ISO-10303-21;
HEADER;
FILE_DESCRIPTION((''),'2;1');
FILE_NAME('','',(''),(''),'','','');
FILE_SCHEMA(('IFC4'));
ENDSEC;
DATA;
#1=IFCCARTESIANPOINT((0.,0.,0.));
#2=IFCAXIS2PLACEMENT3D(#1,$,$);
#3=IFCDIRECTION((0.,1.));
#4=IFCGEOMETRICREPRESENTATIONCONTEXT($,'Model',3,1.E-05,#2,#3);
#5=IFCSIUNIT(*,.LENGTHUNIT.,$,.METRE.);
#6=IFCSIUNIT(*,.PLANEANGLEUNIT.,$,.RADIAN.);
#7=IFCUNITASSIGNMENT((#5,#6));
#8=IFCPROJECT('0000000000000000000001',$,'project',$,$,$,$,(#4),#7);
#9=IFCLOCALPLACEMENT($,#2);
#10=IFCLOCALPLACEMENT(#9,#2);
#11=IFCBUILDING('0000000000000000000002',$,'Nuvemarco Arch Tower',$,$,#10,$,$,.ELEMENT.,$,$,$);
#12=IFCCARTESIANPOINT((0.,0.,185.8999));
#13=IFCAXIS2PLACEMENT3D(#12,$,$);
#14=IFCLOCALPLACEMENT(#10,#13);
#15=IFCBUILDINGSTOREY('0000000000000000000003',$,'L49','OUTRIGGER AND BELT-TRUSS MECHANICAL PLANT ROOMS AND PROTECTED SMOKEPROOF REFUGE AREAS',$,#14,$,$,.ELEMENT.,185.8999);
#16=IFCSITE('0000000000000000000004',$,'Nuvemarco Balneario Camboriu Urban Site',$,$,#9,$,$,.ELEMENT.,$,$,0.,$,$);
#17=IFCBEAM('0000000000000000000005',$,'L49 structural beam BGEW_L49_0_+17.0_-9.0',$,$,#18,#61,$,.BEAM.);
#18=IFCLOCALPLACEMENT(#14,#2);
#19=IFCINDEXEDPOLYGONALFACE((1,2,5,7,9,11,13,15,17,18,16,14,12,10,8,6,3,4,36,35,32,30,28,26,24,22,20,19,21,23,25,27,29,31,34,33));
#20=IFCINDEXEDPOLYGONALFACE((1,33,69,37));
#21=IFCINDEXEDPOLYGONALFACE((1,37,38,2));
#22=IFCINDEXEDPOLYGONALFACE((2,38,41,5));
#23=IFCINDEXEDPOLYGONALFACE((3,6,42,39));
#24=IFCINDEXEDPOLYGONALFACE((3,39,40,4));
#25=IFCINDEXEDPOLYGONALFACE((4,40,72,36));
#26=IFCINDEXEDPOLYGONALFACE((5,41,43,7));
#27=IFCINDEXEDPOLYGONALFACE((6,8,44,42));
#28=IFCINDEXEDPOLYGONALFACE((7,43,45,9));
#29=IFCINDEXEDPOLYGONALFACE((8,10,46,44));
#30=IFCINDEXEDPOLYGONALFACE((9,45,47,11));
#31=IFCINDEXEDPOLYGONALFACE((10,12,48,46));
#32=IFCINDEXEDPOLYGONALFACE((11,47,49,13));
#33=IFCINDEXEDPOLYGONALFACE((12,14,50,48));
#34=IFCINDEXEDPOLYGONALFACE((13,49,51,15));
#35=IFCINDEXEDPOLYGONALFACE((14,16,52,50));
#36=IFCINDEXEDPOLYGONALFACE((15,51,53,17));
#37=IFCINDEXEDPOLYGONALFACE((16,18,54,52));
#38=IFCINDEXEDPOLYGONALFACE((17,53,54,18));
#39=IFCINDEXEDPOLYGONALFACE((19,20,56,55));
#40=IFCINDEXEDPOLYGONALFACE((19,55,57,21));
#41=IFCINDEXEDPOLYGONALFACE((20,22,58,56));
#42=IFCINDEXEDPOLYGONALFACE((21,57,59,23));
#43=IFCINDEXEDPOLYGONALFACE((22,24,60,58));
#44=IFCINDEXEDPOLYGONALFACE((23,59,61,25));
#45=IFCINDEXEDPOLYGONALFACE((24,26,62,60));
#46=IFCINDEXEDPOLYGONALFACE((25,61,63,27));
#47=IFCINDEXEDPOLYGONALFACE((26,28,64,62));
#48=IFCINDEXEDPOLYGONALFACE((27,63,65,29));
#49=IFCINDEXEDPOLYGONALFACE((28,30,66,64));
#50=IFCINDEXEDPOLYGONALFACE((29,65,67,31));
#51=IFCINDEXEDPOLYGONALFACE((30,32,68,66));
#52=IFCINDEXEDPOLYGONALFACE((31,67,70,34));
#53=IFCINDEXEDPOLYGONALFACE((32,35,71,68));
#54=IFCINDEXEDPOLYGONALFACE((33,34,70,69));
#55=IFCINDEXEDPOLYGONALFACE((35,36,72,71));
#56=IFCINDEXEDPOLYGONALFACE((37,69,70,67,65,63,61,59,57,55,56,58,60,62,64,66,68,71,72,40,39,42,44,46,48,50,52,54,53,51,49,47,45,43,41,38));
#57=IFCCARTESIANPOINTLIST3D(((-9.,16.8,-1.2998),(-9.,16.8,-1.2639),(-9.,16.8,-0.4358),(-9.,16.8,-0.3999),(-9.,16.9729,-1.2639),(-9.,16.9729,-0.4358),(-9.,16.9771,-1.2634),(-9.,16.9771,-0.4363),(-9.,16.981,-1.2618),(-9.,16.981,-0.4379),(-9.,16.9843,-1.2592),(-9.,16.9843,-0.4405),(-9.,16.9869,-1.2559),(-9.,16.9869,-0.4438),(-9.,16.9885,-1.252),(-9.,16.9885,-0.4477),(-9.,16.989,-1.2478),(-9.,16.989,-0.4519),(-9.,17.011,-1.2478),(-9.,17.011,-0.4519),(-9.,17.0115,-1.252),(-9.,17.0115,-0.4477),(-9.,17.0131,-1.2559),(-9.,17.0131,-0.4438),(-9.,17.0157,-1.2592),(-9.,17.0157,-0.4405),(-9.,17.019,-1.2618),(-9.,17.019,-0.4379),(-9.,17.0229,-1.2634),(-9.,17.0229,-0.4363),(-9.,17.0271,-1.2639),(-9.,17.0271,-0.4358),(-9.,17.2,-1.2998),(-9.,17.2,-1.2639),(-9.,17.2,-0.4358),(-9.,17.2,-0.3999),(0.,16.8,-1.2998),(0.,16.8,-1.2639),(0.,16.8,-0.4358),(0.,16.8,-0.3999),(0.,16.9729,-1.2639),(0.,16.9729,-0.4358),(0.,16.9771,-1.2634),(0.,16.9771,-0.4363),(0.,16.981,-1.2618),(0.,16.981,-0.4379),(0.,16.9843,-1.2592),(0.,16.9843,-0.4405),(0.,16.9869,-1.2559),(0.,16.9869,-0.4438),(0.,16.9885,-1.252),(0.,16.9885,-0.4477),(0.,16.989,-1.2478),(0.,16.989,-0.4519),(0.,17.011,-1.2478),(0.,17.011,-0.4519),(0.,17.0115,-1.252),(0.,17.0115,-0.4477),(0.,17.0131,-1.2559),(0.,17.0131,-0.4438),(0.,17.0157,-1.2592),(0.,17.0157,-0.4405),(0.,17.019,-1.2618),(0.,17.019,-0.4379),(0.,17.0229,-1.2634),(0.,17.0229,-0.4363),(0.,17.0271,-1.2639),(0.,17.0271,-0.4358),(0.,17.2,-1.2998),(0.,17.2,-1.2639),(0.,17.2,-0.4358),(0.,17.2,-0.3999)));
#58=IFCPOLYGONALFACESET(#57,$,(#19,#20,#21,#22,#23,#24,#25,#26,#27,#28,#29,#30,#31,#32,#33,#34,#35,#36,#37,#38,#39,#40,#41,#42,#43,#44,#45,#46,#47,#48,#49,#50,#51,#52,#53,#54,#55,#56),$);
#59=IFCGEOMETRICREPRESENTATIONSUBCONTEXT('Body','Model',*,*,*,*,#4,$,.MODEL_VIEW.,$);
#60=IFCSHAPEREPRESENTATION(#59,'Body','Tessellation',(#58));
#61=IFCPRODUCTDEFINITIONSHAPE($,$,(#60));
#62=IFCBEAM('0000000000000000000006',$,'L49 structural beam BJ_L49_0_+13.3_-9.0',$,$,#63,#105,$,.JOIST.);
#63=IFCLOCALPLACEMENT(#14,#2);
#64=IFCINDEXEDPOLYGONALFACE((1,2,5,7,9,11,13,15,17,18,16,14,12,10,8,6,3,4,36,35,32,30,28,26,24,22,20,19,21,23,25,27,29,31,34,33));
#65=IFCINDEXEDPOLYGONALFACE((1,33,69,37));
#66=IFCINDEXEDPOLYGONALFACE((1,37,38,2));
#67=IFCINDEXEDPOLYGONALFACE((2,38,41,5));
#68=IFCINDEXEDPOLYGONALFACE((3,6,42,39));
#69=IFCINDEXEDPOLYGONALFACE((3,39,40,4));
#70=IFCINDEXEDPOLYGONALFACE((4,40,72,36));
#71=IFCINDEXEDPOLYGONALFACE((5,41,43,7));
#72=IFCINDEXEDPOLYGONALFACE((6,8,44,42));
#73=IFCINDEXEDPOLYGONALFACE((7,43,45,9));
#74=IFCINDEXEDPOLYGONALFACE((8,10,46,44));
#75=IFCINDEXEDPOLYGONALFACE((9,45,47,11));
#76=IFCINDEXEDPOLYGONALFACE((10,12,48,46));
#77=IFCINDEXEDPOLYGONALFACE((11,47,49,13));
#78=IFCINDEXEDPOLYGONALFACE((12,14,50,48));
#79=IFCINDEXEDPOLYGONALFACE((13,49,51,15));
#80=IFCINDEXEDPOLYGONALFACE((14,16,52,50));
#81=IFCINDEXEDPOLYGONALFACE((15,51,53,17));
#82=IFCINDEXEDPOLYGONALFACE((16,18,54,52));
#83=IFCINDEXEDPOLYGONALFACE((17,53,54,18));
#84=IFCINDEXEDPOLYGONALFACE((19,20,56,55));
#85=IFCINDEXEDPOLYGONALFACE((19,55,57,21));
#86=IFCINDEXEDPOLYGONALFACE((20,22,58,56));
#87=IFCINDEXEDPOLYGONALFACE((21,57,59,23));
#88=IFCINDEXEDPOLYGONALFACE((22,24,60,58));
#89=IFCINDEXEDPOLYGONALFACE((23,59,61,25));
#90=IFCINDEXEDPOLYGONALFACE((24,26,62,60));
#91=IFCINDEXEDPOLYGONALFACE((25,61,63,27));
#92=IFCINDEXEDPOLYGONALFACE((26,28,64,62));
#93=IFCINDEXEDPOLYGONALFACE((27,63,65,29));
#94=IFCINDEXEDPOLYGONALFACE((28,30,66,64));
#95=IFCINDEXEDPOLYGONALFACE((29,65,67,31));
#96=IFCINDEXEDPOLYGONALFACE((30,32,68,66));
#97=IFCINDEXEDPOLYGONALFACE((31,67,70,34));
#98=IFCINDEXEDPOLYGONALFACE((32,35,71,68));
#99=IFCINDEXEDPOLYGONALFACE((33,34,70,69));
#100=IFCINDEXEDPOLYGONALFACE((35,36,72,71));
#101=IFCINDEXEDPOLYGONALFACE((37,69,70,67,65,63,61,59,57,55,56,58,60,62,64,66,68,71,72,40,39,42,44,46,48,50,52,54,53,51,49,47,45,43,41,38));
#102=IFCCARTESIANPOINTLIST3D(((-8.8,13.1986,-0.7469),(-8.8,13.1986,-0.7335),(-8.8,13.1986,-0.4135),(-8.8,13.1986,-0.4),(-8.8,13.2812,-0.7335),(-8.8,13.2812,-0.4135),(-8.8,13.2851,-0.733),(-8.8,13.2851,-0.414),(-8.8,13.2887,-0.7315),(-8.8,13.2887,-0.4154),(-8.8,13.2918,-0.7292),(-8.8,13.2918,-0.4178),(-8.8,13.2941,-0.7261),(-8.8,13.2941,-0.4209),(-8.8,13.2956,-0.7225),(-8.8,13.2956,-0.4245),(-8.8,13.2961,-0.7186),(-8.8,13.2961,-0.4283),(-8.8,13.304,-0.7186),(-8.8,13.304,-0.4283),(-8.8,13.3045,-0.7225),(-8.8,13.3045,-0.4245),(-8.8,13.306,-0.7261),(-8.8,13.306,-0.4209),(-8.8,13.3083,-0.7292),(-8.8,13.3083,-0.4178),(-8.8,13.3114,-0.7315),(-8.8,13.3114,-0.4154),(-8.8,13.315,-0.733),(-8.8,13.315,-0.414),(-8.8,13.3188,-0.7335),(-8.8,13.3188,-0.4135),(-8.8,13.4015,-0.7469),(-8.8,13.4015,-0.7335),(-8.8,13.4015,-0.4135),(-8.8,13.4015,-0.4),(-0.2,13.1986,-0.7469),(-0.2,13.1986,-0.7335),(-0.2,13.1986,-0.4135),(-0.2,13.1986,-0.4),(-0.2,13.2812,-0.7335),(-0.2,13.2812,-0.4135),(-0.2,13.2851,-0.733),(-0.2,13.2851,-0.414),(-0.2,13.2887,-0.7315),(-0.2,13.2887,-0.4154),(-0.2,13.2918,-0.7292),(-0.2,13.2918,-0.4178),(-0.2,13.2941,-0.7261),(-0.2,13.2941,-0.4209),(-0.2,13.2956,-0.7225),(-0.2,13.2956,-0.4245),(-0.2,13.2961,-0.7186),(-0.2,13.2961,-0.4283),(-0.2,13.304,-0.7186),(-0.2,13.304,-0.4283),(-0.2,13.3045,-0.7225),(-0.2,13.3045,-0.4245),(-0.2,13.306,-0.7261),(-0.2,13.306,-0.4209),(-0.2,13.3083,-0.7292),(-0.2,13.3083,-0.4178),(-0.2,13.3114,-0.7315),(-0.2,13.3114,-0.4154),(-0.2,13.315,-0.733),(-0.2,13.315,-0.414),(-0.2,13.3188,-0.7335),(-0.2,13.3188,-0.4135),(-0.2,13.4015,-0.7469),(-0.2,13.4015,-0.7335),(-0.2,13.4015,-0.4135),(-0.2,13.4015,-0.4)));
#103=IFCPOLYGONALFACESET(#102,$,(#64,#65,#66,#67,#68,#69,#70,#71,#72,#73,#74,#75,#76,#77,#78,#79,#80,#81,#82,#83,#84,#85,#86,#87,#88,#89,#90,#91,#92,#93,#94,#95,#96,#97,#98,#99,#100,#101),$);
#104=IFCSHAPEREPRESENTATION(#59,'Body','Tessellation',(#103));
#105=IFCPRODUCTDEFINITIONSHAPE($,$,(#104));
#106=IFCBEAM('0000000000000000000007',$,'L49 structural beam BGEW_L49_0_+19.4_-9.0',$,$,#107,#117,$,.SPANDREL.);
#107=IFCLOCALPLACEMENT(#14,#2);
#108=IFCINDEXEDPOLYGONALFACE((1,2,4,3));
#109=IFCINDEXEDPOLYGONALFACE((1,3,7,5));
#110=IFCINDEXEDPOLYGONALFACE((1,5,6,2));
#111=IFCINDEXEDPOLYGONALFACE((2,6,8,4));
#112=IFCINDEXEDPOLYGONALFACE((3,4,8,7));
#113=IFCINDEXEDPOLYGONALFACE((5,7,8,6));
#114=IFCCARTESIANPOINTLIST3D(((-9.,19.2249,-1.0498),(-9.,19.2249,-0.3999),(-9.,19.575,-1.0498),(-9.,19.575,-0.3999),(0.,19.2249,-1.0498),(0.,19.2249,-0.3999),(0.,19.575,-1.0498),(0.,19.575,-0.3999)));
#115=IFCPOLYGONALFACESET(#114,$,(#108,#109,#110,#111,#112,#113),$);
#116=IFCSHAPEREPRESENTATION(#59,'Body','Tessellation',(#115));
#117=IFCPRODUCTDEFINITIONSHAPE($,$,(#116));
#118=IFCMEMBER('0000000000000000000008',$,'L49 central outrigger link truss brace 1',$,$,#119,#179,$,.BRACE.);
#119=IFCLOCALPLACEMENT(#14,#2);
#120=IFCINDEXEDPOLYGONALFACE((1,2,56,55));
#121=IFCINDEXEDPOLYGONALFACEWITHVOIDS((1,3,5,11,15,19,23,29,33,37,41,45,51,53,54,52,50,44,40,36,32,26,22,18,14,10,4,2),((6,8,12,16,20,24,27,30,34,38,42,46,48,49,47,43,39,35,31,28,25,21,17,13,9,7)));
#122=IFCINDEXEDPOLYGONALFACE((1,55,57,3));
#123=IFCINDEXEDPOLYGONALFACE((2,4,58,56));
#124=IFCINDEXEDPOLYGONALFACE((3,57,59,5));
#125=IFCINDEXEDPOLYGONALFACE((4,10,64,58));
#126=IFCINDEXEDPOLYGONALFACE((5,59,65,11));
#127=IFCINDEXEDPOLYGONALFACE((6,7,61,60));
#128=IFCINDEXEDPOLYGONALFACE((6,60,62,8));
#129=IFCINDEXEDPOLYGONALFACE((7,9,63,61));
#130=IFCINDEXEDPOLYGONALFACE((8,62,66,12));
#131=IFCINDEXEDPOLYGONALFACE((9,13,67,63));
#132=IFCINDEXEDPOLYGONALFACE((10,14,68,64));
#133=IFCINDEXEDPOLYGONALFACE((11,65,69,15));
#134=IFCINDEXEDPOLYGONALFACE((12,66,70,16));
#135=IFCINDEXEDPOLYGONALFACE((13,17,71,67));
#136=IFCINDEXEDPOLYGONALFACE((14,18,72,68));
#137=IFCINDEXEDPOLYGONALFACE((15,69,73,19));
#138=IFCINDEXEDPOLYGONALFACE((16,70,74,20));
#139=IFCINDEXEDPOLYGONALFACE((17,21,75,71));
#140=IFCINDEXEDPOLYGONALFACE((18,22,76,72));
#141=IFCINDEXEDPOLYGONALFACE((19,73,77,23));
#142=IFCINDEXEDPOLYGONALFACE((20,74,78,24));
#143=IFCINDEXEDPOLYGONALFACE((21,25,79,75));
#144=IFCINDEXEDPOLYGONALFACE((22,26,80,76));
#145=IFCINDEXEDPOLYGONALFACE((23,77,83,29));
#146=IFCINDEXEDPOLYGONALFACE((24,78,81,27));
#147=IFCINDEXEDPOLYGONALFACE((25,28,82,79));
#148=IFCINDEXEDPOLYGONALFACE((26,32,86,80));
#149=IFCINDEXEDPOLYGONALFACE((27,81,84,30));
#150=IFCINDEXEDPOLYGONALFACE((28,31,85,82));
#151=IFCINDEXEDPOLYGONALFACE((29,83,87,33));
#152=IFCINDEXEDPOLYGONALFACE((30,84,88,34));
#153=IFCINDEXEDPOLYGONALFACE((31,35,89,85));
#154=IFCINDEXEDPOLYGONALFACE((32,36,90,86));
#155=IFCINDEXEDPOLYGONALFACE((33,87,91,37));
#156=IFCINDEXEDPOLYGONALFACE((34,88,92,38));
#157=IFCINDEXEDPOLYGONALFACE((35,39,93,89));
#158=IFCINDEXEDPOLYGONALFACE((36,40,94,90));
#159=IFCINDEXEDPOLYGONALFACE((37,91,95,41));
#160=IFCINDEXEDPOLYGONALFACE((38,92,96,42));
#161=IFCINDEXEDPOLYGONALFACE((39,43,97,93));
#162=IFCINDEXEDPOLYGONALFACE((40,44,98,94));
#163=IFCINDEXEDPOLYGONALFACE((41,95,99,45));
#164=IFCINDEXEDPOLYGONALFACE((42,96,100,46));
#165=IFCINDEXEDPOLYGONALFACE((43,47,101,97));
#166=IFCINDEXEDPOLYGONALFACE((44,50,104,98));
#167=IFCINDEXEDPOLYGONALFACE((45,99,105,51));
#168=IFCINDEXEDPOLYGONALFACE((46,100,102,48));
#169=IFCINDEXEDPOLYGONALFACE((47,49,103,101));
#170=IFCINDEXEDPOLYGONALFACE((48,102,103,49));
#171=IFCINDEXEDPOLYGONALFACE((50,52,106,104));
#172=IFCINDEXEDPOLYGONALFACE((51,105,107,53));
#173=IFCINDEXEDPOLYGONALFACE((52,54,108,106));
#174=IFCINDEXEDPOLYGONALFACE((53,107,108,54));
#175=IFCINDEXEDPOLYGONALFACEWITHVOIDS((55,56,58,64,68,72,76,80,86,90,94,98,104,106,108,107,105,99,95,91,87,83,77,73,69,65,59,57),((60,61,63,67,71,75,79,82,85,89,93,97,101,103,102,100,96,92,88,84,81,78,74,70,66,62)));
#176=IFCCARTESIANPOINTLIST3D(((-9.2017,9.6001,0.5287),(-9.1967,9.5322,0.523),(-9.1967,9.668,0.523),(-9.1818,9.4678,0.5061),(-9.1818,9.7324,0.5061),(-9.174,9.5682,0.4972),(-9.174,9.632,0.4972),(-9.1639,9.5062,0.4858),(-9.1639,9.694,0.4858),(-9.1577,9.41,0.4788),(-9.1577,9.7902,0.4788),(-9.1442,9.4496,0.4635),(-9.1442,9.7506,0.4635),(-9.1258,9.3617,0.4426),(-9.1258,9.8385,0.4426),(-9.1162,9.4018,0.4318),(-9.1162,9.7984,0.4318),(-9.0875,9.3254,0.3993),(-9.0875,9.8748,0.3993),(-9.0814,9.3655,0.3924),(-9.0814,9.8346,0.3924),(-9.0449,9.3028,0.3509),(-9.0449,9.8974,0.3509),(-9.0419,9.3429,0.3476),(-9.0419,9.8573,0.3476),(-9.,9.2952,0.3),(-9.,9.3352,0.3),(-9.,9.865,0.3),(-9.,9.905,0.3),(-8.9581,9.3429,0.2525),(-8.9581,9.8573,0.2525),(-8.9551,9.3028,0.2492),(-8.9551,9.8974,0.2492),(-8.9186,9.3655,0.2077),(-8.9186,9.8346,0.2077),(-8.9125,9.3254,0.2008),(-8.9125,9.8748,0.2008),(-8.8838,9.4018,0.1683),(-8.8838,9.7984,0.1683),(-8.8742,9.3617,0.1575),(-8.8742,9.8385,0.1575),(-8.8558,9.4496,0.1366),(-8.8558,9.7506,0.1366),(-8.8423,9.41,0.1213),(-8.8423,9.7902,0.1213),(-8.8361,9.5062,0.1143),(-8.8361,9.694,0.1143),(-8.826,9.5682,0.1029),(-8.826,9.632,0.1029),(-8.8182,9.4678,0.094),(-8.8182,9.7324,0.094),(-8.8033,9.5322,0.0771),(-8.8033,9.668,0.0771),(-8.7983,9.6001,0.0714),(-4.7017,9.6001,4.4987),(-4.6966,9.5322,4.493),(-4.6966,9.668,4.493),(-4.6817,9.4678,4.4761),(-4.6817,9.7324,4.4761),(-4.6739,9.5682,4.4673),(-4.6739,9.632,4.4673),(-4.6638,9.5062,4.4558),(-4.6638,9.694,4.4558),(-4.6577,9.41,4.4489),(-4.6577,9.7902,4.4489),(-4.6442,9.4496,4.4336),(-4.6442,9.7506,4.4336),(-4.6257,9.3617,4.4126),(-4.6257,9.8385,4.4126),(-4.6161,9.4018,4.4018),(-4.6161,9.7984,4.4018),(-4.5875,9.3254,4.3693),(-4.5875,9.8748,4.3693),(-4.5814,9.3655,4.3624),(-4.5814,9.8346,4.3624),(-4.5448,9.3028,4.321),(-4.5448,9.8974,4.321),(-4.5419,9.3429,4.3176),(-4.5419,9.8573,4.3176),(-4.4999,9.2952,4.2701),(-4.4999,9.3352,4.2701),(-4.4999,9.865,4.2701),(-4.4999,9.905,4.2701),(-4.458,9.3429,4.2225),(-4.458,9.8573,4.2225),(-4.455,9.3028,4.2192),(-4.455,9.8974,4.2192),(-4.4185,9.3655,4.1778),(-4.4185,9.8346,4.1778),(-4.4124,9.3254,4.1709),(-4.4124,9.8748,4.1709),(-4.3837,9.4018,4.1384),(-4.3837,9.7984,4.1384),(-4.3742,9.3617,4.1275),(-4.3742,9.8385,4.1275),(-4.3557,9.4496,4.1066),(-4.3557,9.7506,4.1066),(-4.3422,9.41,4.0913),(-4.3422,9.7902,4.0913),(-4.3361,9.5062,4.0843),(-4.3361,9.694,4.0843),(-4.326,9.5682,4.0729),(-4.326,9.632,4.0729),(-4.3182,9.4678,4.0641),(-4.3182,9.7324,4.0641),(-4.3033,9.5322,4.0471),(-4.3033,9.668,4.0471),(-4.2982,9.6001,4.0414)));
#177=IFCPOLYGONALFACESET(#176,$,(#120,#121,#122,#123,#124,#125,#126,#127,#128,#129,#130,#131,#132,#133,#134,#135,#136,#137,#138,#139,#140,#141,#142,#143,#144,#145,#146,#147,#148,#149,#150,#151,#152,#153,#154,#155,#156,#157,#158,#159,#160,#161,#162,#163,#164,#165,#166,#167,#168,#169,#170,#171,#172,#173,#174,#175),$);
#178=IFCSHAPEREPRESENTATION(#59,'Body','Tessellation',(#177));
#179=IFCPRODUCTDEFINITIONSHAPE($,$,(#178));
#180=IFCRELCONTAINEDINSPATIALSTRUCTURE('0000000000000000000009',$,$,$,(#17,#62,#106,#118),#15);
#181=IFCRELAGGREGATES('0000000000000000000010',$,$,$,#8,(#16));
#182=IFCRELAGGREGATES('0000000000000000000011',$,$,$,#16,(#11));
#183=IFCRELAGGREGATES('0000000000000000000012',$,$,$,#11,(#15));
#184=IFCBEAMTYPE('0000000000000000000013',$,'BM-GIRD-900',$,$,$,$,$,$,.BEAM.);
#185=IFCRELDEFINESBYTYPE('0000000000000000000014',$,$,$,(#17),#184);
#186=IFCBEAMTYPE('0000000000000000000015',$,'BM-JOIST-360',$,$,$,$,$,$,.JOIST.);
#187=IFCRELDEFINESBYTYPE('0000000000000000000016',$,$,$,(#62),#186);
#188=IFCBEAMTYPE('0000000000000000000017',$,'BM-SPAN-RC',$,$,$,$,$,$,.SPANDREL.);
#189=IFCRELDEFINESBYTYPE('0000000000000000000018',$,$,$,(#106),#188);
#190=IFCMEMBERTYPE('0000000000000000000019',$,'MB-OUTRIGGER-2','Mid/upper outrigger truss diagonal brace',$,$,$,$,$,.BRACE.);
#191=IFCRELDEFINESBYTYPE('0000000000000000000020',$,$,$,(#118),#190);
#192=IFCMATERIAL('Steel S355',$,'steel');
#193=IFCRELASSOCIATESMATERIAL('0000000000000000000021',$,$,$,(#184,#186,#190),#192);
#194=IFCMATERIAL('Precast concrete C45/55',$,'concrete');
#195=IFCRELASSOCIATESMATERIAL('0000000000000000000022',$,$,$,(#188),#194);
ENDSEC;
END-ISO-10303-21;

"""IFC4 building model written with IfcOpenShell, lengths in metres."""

from ifc_helpers import new_model, si_unit, direction, frame, origin, origin_2d, place, context, subcontext, project, spatial, rectangle, hollow_circle, i_section, extrude, material, material_profile, profile_set, type_object, element, save


model = new_model("IFC4")

# Units and contexts
model_context = context("Model", 3, precision=1e-05, world=origin(), true_north=direction((0.0, 1.0)))
body_context = subcontext(model_context, "Body", "Model", "MODEL_VIEW")
ifc_project = project(units=[si_unit("LENGTHUNIT", "METRE"), si_unit("PLANEANGLEUNIT", "RADIAN")], contexts=[model_context])

# Site, building, storey
site_placement = place(None, origin())
site = spatial("IfcSite", under=ifc_project, at=site_placement, Name="Nuvemarco Balneario Camboriu Urban Site", CompositionType="ELEMENT", RefElevation=0.0)
building_placement = place(site_placement, origin())
building = spatial("IfcBuilding", under=site, at=building_placement, Name="Nuvemarco Arch Tower", CompositionType="ELEMENT")
storey_placement = place(building_placement, frame((0.0, 0.0, 185.8999)))
storey = spatial("IfcBuildingStorey", under=building, at=storey_placement, Name="L49", Description="OUTRIGGER AND BELT-TRUSS MECHANICAL PLANT ROOMS AND PROTECTED SMOKEPROOF REFUGE AREAS", CompositionType="ELEMENT", Elevation=185.8999)

# Shared definitions
ifc_material_1 = material(Name="Steel S355", Category="steel")

# Beams
ifc_material_profile_1 = material_profile(ifc_material_1, i_section(OverallWidth=0.3999, OverallDepth=0.8999, WebThickness=0.022, FlangeThickness=0.0359, FilletRadius=0.0161, at=origin_2d()), Name="PG900x400")
ifc_profile_set_1 = profile_set([ifc_material_profile_1], Name="Steel S355")
beam_type_1 = type_object("IfcBeamType", Name="BM-GIRD-900", PredefinedType="BEAM", material=ifc_profile_set_1)
beam_1_placement = place(storey_placement, frame((-9.0, 17.0, -0.8499), z_axis=(1.0, 0.0, 0.0), x_axis=(0.0, 1.0, 0.0)))
element("IfcBeam", 1, at=beam_1_placement, inside=storey, type_object=beam_type_1, Name="L49 structural beam BGEW_L49_0_+17.0_-9.0", PredefinedType="BEAM", context=body_context, shape_type="SweptSolid", body=[
    extrude(i_section(OverallWidth=0.3999, OverallDepth=0.8999, WebThickness=0.022, FlangeThickness=0.0359, FilletRadius=0.0161, at=origin_2d()), origin(), (0.0, 0.0, 1.0), 9.0),
])
ifc_material_profile_2 = material_profile(ifc_material_1, i_section(OverallWidth=0.2029, OverallDepth=0.3469, WebThickness=0.0078, FlangeThickness=0.0134, FilletRadius=0.0149, at=origin_2d()), Name="W360x64")
ifc_profile_set_2 = profile_set([ifc_material_profile_2], Name="Steel S355")
beam_type_2 = type_object("IfcBeamType", Name="BM-JOIST-360", PredefinedType="JOIST", material=ifc_profile_set_2)
beam_2_placement = place(storey_placement, frame((-8.8, 13.3, -0.5735), z_axis=(1.0, 0.0, 0.0), x_axis=(0.0, 1.0, 0.0)))
element("IfcBeam", 2, at=beam_2_placement, inside=storey, type_object=beam_type_2, Name="L49 structural beam BJ_L49_0_+13.3_-9.0", PredefinedType="JOIST", context=body_context, shape_type="SweptSolid", body=[
    extrude(i_section(OverallWidth=0.2029, OverallDepth=0.3469, WebThickness=0.0078, FlangeThickness=0.0134, FilletRadius=0.0149, at=origin_2d()), origin(), (0.0, 0.0, 1.0), 8.6001),
])
ifc_material_2 = material(Name="Precast concrete C45/55", Category="concrete")
ifc_material_profile_3 = material_profile(ifc_material_2, rectangle(XDim=0.3501, YDim=0.6499, at=origin_2d()), Name="PC-SP-350x650")
ifc_profile_set_3 = profile_set([ifc_material_profile_3], Name="Precast concrete C45/55")
beam_type_3 = type_object("IfcBeamType", Name="BM-SPAN-RC", PredefinedType="SPANDREL", material=ifc_profile_set_3)
beam_3_placement = place(storey_placement, frame((-9.0, 19.3999, -0.7249), z_axis=(1.0, 0.0, 0.0), x_axis=(0.0, 1.0, 0.0)))
element("IfcBeam", 3, at=beam_3_placement, inside=storey, type_object=beam_type_3, Name="L49 structural beam BGEW_L49_0_+19.4_-9.0", PredefinedType="SPANDREL", context=body_context, shape_type="SweptSolid", body=[
    extrude(rectangle(XDim=0.3501, YDim=0.6499, at=origin_2d()), origin(), (0.0, 0.0, 1.0), 9.0),
])

# Member
ifc_material_profile_4 = material_profile(ifc_material_1, hollow_circle(Radius=0.3049, WallThickness=0.04, at=origin_2d()), Name="CHS610x40")
ifc_profile_set_4 = profile_set([ifc_material_profile_4], Name="Steel S355")
member_type = type_object("IfcMemberType", Name="MB-OUTRIGGER-2", Description="Mid/upper outrigger truss diagonal brace", PredefinedType="BRACE", material=ifc_profile_set_4)
for number, where, z_axis, x_axis, name in (
    (4, (-9.0, 9.6001, 0.3), (0.749889, 0.0, 0.661564), (0.0, 1.0, 0.0), "L49 central outrigger link truss brace 1"),
):
    element("IfcMember", number, at=place(storey_placement, frame(where, z_axis=z_axis, x_axis=x_axis)), inside=storey, type_object=member_type, Name=name, PredefinedType="BRACE", context=body_context, shape_type="SweptSolid", body=[
        extrude(hollow_circle(Radius=0.3049, WallThickness=0.04, at=origin_2d()), origin(), (0.0, 0.0, 1.0), 6.001),
    ])

save(model, "model.ifc")
